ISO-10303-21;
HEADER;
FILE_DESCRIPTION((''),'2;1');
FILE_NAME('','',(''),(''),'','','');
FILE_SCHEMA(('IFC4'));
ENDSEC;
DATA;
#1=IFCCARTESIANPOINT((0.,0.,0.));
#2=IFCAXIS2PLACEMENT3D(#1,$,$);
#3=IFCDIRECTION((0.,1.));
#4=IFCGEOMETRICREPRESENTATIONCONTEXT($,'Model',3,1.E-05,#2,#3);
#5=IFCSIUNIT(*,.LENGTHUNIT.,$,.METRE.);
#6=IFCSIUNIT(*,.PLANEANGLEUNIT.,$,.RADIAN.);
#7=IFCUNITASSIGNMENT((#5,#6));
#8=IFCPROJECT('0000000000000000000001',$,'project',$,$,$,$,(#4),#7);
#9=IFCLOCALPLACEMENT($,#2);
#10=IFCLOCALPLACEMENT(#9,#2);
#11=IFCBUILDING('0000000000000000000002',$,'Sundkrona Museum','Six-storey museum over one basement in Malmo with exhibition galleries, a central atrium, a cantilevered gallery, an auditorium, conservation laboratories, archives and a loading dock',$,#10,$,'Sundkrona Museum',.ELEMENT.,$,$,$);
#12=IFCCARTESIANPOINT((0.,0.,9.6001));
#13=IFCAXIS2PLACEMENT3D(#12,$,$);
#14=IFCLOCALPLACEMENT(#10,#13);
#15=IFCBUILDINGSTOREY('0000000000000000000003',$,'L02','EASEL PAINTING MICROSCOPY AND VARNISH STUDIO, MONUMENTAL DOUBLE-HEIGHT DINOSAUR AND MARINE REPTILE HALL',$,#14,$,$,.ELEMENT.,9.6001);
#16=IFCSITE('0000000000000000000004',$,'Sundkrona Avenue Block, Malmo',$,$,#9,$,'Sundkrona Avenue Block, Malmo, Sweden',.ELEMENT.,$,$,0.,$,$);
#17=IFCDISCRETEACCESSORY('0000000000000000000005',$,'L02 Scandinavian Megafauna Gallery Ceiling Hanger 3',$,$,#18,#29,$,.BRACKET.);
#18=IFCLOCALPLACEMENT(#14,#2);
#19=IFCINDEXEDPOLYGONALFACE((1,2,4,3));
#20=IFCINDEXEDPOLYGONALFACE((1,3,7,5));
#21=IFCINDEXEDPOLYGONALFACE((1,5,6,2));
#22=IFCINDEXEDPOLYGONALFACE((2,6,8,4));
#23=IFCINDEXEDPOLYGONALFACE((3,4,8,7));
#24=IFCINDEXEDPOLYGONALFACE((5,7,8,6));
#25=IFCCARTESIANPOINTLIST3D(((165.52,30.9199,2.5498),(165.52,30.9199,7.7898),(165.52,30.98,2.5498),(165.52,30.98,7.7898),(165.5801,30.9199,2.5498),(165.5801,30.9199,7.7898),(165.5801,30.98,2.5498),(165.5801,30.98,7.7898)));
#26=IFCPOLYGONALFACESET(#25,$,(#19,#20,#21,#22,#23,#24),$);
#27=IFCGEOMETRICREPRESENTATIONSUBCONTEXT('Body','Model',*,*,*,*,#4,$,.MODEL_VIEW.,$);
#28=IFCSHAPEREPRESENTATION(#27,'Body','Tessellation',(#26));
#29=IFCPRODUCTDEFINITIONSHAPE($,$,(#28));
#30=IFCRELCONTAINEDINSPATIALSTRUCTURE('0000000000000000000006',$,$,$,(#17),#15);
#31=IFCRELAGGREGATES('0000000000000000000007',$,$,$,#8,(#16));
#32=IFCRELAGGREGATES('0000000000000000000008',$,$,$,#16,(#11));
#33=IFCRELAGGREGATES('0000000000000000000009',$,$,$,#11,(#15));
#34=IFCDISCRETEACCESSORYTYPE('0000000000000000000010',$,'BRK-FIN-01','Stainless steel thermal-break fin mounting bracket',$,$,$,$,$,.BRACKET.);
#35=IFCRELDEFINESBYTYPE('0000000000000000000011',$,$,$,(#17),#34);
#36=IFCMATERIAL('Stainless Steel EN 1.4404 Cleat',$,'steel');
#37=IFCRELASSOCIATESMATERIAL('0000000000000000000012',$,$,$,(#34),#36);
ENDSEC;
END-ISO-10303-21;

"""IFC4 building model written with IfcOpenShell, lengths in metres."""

from ifc_helpers import new_model, si_unit, direction, frame, origin, origin_2d, place, context, subcontext, project, spatial, rectangle, extrude, material, type_object, element, save


model = new_model("IFC4")

# Units and contexts
model_context = context("Model", 3, precision=1e-05, world=origin(), true_north=direction((0.0, 1.0)))
body_context = subcontext(model_context, "Body", "Model", "MODEL_VIEW")
ifc_project = project(units=[si_unit("LENGTHUNIT", "METRE"), si_unit("PLANEANGLEUNIT", "RADIAN")], contexts=[model_context])

# Site, building, storey
site_placement = place(None, origin())
site = spatial("IfcSite", under=ifc_project, at=site_placement, Name="Sundkrona Avenue Block, Malmo", LongName="Sundkrona Avenue Block, Malmo, Sweden", CompositionType="ELEMENT", RefElevation=0.0)
building_placement = place(site_placement, origin())
building = spatial("IfcBuilding", under=site, at=building_placement, Name="Sundkrona Museum", Description="Six-storey museum over one basement in Malmo with exhibition galleries, a central atrium, a cantilevered gallery, an auditorium, conservation laboratories, archives and a loading dock", LongName="Sundkrona Museum", CompositionType="ELEMENT")
storey_placement = place(building_placement, frame((0.0, 0.0, 9.6001)))
storey = spatial("IfcBuildingStorey", under=building, at=storey_placement, Name="L02", Description="EASEL PAINTING MICROSCOPY AND VARNISH STUDIO, MONUMENTAL DOUBLE-HEIGHT DINOSAUR AND MARINE REPTILE HALL", CompositionType="ELEMENT", Elevation=9.6001)

# Discrete accessory
ifc_material_1 = material(Name="Stainless Steel EN 1.4404 Cleat", Category="steel")
discrete_accessory_type = type_object("IfcDiscreteAccessoryType", Name="BRK-FIN-01", Description="Stainless steel thermal-break fin mounting bracket", PredefinedType="BRACKET", material=ifc_material_1)
discrete_accessory_1_placement = place(storey_placement, frame((165.55, 30.95, 2.5498), z_axis=(0.0, 0.0, 1.0), x_axis=(1.0, 0.0, 0.0)))
element("IfcDiscreteAccessory", 1, at=discrete_accessory_1_placement, inside=storey, type_object=discrete_accessory_type, Name="L02 Scandinavian Megafauna Gallery Ceiling Hanger 3", PredefinedType="BRACKET", context=body_context, shape_type="SweptSolid", body=[
    extrude(rectangle(XDim=0.0601, YDim=0.0601, at=origin_2d()), origin(), (0.0, 0.0, 1.0), 5.24),
])

save(model, "model.ifc")
